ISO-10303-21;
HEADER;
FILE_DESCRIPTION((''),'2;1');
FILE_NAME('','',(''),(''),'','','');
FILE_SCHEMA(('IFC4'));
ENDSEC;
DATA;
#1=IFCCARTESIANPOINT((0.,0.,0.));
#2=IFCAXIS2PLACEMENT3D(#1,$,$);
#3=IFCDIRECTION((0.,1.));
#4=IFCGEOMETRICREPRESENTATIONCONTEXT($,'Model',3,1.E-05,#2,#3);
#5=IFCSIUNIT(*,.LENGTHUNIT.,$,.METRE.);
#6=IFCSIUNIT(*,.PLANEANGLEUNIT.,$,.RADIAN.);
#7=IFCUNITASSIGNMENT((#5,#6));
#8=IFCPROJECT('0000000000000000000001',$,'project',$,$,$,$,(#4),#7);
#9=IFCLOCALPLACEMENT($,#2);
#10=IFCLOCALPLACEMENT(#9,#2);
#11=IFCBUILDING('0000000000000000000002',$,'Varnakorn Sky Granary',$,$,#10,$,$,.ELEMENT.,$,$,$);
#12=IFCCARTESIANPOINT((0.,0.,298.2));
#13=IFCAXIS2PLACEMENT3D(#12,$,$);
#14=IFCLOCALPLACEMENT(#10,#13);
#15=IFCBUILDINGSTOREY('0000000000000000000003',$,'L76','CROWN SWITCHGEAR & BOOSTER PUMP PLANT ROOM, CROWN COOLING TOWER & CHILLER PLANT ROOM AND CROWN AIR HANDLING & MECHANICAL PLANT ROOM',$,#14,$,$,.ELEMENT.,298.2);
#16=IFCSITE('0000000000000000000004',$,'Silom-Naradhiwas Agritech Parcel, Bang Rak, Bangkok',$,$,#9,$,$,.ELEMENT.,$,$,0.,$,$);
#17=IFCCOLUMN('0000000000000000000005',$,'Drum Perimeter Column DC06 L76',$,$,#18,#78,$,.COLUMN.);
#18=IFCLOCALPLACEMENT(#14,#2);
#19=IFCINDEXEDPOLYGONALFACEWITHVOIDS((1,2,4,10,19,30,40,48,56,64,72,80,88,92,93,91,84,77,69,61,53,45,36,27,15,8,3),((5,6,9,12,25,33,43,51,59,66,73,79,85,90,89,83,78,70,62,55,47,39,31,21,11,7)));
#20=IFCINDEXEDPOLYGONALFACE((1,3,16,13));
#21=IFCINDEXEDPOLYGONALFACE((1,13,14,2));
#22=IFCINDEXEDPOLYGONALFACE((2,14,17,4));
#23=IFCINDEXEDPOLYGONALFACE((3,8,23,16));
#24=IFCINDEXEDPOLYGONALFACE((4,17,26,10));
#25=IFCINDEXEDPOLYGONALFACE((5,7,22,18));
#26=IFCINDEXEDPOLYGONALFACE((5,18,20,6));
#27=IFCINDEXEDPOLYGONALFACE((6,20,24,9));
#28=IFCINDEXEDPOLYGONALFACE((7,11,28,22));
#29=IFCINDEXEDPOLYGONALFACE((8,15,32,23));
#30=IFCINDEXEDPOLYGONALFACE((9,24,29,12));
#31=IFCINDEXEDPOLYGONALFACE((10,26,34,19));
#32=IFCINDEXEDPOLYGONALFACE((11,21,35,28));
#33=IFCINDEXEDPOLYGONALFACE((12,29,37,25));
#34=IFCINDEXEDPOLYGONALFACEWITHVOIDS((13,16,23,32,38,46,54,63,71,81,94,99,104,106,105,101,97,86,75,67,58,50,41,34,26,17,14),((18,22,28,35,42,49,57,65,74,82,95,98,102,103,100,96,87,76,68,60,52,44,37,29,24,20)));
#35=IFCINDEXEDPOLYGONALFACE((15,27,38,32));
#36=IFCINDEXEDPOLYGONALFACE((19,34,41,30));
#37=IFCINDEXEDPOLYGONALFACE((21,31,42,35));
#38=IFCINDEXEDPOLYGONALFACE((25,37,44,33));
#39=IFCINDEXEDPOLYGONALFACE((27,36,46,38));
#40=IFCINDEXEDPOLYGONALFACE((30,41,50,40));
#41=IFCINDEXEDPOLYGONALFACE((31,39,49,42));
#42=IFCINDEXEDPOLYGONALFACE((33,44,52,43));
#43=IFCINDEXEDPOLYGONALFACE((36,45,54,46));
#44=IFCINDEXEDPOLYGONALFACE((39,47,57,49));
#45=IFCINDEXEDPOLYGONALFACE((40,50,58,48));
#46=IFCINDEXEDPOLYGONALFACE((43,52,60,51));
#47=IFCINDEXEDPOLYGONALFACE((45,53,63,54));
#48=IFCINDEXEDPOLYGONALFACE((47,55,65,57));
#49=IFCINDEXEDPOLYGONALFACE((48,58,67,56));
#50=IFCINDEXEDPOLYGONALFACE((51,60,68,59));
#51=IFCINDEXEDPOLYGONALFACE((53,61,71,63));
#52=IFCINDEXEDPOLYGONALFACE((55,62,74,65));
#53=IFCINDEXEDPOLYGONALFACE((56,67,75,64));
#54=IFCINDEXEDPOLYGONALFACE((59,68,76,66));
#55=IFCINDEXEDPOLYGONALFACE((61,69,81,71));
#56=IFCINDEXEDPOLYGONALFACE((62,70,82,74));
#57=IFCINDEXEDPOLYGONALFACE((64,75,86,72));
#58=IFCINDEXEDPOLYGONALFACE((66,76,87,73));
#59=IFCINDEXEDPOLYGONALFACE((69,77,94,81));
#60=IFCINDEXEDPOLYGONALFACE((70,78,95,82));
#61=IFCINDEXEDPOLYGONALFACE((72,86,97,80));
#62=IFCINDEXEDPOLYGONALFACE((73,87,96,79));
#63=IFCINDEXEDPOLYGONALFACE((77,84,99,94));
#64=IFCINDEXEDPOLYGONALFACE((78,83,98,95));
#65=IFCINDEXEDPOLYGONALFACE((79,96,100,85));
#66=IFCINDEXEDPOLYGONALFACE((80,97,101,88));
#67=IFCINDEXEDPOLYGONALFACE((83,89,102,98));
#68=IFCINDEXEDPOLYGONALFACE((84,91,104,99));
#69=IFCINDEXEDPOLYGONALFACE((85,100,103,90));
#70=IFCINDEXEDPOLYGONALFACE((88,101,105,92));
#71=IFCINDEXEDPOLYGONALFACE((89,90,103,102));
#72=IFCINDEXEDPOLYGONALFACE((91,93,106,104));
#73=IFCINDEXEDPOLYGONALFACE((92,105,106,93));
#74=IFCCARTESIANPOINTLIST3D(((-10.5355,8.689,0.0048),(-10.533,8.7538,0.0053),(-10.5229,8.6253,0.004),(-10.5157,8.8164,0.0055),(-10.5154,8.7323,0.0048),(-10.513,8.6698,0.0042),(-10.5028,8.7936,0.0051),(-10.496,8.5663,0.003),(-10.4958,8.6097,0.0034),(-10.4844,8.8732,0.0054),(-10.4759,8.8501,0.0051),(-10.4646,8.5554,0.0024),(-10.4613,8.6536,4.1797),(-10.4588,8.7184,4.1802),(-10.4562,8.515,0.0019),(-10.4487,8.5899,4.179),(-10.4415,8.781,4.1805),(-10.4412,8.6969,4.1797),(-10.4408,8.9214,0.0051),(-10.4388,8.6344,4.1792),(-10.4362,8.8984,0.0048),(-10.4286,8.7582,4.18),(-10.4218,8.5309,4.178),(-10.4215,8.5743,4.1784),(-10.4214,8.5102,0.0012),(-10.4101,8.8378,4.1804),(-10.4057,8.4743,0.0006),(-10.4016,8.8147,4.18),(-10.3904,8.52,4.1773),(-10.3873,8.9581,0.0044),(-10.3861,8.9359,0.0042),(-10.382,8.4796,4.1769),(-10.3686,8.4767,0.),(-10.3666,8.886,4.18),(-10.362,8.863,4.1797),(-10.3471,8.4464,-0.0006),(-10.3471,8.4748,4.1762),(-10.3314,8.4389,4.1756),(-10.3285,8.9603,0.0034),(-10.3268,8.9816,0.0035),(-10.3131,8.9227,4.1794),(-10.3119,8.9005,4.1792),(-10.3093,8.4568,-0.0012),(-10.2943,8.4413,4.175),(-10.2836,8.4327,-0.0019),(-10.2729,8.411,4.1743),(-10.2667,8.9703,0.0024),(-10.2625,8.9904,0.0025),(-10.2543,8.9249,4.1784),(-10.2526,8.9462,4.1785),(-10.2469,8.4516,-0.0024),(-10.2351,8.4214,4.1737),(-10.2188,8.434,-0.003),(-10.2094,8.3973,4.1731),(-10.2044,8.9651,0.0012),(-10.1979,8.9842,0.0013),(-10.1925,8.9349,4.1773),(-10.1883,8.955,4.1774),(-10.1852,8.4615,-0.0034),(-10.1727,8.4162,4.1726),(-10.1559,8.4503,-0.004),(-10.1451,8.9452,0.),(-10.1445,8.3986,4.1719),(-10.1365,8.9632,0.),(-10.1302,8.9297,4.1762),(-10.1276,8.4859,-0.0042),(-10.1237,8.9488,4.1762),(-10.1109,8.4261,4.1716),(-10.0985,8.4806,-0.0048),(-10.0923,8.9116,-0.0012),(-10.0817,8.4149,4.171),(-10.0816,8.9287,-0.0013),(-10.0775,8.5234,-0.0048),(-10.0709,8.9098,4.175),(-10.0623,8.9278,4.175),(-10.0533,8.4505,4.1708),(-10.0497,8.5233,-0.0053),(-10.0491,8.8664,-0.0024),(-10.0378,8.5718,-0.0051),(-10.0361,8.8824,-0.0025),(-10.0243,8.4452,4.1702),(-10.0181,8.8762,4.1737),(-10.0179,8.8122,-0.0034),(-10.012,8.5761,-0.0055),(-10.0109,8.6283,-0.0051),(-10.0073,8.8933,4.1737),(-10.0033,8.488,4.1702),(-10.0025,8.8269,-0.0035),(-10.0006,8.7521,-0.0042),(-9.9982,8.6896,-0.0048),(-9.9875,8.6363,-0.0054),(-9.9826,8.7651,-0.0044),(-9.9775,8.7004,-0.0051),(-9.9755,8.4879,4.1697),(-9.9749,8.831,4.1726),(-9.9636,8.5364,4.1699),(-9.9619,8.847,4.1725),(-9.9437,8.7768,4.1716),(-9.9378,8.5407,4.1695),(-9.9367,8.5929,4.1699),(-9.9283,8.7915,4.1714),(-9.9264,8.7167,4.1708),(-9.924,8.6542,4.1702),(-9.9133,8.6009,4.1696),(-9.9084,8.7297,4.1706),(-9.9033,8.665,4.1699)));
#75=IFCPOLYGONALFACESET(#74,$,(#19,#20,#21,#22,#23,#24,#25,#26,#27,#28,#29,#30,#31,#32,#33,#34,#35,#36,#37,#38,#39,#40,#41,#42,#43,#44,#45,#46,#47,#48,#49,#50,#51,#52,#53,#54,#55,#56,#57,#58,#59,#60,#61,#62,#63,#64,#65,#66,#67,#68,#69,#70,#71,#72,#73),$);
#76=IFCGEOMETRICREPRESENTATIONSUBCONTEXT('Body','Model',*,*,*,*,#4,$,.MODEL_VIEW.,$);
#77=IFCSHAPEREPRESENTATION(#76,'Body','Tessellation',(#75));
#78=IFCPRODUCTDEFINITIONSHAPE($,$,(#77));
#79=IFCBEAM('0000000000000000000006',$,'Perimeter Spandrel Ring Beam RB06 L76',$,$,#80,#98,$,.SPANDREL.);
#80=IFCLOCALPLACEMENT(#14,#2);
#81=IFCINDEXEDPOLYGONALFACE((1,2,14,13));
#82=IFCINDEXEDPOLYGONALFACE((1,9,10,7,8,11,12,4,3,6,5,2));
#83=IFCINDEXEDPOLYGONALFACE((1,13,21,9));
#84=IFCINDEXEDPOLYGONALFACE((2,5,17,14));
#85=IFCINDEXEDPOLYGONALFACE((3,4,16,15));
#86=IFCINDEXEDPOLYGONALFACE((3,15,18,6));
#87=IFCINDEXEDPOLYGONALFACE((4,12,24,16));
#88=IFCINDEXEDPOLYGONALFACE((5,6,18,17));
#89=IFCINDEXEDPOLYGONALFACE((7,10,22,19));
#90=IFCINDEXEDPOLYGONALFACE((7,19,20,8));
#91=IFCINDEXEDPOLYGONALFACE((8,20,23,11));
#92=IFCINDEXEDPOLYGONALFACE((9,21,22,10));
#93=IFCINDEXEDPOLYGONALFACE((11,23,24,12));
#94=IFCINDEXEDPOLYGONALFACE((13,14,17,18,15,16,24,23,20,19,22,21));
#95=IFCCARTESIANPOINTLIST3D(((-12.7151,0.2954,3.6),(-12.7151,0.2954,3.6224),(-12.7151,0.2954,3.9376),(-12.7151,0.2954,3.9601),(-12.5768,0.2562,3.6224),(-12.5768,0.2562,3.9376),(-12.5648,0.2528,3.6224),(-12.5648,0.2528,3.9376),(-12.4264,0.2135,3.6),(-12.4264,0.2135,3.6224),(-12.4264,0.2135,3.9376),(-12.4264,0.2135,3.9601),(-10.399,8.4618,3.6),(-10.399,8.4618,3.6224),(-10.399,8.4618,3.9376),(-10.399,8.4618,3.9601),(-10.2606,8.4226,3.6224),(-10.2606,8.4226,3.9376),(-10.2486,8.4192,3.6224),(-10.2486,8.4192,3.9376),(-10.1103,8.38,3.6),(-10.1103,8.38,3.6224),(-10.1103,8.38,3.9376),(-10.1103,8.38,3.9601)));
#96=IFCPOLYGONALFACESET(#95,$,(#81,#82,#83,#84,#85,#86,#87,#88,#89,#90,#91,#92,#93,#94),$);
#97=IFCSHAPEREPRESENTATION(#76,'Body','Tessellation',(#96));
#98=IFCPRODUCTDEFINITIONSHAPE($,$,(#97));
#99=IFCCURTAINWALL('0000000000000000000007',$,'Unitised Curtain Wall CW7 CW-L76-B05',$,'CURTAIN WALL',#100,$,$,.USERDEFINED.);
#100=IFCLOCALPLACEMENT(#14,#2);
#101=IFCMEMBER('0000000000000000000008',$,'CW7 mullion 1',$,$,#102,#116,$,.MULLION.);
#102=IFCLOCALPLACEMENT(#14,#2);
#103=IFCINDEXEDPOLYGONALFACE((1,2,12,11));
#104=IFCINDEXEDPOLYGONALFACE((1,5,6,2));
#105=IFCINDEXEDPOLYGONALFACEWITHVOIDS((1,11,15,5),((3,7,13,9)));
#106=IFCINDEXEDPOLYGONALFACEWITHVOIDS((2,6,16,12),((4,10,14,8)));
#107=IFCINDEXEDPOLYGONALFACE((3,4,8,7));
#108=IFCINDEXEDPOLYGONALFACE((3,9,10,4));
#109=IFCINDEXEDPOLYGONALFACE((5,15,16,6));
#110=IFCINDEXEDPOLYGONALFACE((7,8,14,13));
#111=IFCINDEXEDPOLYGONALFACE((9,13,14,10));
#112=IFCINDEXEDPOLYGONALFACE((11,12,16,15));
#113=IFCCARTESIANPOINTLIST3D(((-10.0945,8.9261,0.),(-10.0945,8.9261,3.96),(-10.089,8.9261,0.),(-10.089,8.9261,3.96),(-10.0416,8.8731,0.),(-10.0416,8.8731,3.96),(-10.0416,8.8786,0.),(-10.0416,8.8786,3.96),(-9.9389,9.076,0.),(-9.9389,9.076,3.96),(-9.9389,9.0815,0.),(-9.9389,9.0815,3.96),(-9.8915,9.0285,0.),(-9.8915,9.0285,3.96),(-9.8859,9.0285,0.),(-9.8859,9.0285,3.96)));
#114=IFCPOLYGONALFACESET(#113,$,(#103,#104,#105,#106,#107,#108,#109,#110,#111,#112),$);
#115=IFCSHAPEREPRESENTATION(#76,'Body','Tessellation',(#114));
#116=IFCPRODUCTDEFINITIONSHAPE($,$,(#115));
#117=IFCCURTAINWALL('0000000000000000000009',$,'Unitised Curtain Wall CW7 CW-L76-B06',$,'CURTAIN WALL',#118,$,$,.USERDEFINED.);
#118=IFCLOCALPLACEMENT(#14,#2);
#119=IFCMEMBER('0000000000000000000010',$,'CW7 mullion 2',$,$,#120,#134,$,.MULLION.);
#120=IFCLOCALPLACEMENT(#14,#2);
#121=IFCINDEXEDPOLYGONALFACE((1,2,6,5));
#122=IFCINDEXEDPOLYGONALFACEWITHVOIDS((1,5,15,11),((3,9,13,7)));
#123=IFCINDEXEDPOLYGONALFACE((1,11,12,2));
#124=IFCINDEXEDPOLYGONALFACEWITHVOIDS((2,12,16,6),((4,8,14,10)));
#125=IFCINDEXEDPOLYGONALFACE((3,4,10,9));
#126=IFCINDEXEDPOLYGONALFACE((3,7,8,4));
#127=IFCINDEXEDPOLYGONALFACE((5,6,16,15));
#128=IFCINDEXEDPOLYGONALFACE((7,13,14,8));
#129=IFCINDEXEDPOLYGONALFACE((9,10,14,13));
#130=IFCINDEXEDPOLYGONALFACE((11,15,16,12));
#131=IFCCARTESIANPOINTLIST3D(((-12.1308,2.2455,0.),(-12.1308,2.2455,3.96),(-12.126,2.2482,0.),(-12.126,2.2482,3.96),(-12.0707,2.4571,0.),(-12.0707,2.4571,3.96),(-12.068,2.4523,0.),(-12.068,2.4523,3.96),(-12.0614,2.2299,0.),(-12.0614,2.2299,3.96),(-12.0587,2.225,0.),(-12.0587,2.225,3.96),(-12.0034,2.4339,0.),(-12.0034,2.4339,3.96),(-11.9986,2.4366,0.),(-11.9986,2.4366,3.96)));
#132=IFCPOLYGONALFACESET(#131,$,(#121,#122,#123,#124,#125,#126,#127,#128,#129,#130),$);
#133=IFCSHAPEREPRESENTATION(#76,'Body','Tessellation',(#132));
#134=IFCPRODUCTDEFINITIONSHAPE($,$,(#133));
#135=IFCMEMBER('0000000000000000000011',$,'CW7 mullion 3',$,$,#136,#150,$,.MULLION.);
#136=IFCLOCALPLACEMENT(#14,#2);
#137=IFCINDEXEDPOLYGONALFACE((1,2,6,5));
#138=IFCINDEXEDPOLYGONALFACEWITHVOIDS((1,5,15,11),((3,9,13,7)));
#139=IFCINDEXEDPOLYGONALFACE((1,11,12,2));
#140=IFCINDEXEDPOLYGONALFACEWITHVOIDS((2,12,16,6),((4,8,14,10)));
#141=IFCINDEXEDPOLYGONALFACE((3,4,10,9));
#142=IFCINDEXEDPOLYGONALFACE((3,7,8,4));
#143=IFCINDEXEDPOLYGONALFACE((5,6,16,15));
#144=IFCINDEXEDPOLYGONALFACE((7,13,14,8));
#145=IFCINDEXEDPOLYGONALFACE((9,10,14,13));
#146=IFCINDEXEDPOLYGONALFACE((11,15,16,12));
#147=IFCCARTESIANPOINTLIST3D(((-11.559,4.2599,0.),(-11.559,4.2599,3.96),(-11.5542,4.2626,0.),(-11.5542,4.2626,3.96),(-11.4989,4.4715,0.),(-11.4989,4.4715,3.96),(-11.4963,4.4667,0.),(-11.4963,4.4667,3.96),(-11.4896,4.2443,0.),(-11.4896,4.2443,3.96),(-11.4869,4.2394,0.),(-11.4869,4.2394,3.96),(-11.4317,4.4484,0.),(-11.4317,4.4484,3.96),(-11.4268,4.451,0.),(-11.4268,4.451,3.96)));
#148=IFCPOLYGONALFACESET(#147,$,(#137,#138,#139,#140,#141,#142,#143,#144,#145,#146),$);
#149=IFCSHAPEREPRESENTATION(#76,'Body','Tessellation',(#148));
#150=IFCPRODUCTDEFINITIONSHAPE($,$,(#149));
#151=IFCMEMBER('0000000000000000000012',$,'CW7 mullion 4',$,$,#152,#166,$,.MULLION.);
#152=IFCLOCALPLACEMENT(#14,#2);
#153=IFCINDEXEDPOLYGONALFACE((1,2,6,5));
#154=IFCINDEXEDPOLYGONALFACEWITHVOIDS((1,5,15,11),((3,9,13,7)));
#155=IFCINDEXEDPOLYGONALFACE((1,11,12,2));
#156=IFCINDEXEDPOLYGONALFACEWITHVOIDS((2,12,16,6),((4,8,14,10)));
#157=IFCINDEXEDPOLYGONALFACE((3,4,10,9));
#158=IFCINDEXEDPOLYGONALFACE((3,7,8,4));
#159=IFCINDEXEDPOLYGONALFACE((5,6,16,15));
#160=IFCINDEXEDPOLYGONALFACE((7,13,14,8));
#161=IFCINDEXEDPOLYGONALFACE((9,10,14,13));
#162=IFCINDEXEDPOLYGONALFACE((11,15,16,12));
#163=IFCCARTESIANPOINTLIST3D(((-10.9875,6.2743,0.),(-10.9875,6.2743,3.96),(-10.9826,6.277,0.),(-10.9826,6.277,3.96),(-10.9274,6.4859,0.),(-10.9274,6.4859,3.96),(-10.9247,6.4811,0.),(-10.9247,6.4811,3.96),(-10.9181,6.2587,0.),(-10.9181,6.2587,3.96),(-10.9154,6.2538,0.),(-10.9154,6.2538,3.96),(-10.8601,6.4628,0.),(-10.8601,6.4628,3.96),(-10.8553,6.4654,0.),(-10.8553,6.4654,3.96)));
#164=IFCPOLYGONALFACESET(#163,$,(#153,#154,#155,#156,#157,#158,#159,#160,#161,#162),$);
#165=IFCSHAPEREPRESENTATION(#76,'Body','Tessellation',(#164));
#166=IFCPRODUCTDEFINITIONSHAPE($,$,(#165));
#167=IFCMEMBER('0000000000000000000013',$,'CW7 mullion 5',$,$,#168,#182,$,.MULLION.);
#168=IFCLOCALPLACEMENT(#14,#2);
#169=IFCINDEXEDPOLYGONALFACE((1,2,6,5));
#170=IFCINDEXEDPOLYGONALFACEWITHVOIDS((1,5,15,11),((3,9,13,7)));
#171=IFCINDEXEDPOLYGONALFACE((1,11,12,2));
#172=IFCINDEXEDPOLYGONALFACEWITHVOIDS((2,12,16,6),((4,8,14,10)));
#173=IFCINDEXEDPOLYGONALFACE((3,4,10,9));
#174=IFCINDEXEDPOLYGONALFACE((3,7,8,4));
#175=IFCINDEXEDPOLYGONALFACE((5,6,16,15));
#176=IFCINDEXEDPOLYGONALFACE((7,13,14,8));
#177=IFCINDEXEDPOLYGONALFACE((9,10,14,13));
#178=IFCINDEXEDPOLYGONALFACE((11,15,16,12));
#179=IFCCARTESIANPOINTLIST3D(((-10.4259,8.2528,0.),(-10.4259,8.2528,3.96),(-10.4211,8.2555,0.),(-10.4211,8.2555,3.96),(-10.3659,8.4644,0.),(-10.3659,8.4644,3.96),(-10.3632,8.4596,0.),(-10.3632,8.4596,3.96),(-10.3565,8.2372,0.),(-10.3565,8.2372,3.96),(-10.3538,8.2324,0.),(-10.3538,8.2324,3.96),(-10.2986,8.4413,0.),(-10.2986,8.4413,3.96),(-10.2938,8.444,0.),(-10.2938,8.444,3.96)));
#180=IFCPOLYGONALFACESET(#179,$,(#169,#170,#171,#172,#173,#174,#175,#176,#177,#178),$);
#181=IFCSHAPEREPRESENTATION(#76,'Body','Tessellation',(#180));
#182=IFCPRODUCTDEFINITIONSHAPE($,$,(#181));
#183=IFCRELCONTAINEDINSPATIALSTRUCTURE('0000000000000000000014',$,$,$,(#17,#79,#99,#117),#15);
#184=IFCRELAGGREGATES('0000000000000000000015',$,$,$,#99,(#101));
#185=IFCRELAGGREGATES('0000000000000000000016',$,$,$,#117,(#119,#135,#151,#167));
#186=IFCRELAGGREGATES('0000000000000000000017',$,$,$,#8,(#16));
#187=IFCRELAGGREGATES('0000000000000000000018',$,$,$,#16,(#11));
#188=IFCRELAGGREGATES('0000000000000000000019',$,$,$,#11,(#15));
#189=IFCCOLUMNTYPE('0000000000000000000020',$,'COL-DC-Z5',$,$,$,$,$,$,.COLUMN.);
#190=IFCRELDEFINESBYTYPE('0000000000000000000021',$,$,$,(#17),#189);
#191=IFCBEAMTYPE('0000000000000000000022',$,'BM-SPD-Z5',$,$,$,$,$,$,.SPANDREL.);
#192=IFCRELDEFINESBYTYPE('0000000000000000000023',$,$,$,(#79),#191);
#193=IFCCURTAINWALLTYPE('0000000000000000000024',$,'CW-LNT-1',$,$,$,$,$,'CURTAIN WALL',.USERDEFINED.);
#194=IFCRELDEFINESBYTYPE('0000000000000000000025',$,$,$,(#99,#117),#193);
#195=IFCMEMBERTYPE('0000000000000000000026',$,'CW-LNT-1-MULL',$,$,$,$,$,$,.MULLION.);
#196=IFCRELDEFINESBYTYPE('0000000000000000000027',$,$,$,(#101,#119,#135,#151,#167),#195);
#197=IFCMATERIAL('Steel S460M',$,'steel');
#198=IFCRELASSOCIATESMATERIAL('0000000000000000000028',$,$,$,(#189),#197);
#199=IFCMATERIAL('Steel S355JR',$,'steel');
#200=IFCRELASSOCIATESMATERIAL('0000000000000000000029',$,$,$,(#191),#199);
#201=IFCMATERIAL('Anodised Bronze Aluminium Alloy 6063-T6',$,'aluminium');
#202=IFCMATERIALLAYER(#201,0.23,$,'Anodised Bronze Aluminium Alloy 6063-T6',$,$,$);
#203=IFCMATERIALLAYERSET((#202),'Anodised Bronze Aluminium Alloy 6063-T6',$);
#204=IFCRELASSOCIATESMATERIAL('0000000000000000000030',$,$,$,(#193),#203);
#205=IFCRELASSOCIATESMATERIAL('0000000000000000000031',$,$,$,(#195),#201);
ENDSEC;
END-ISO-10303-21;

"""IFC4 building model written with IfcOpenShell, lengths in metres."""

from ifc_helpers import new_model, si_unit, direction, frame, origin, origin_2d, place, context, subcontext, project, spatial, hollow_rectangle, hollow_circle, i_section, extrude, material, layer, layer_set, material_profile, profile_set, type_object, element, aggregate, save


model = new_model("IFC4")

# Units and contexts
model_context = context("Model", 3, precision=1e-05, world=origin(), true_north=direction((0.0, 1.0)))
body_context = subcontext(model_context, "Body", "Model", "MODEL_VIEW")
ifc_project = project(units=[si_unit("LENGTHUNIT", "METRE"), si_unit("PLANEANGLEUNIT", "RADIAN")], contexts=[model_context])

# Site, building, storey
site_placement = place(None, origin())
site = spatial("IfcSite", under=ifc_project, at=site_placement, Name="Silom-Naradhiwas Agritech Parcel, Bang Rak, Bangkok", CompositionType="ELEMENT", RefElevation=0.0)
building_placement = place(site_placement, origin())
building = spatial("IfcBuilding", under=site, at=building_placement, Name="Varnakorn Sky Granary", CompositionType="ELEMENT")
storey_placement = place(building_placement, frame((0.0, 0.0, 298.2)))
storey = spatial("IfcBuildingStorey", under=building, at=storey_placement, Name="L76", Description="CROWN SWITCHGEAR & BOOSTER PUMP PLANT ROOM, CROWN COOLING TOWER & CHILLER PLANT ROOM AND CROWN AIR HANDLING & MECHANICAL PLANT ROOM", CompositionType="ELEMENT", Elevation=298.2)

# Column
ifc_material_1 = material(Name="Steel S460M", Category="steel")
ifc_material_profile_1 = material_profile(ifc_material_1, hollow_circle(Radius=0.2795, WallThickness=0.02, at=origin_2d()), Name="CHS 559x20")
ifc_profile_set_1 = profile_set([ifc_material_profile_1], Name="Steel S460M")
column_type = type_object("IfcColumnType", Name="COL-DC-Z5", PredefinedType="COLUMN", material=ifc_profile_set_1)
column_placement = place(storey_placement, frame((-10.2568, 8.7109, 0.0), z_axis=(0.017773, -0.008477, 0.999806), x_axis=(0.43051, 0.902586, 0.0)))
element("IfcColumn", 1, at=column_placement, inside=storey, type_object=column_type, Name="Drum Perimeter Column DC06 L76", PredefinedType="COLUMN", context=body_context, shape_type="SweptSolid", body=[
    extrude(hollow_circle(Radius=0.2795, WallThickness=0.02, at=origin_2d()), origin(), (0.0, 0.0, 1.0), 4.1758),
])

# Beam
ifc_material_2 = material(Name="Steel S355JR", Category="steel")
ifc_material_profile_2 = material_profile(ifc_material_2, i_section(OverallWidth=0.3, OverallDepth=0.3601, WebThickness=0.0125, FlangeThickness=0.0225, at=origin_2d()), Name="HE 360 B")
ifc_profile_set_2 = profile_set([ifc_material_profile_2], Name="Steel S355JR")
beam_type = type_object("IfcBeamType", Name="BM-SPD-Z5", PredefinedType="SPANDREL", material=ifc_profile_set_2)
beam_placement = place(storey_placement, frame((-10.2546, 8.4209, 3.78), z_axis=(-0.272855, -0.962055, 0.0), x_axis=(0.962055, -0.272855, 0.0)))
element("IfcBeam", 2, at=beam_placement, inside=storey, type_object=beam_type, Name="Perimeter Spandrel Ring Beam RB06 L76", PredefinedType="SPANDREL", context=body_context, shape_type="SweptSolid", body=[
    extrude(i_section(OverallWidth=0.3, OverallDepth=0.3601, WebThickness=0.0125, FlangeThickness=0.0225, at=origin_2d()), origin(), (0.0, 0.0, 1.0), 8.4885),
])

# Curtain wall, member
ifc_material_3 = material(Name="Anodised Bronze Aluminium Alloy 6063-T6", Category="aluminium")
ifc_layer_1 = layer(ifc_material_3, 0.23, Name="Anodised Bronze Aluminium Alloy 6063-T6")
ifc_layer_set_1 = layer_set([ifc_layer_1], Name="Anodised Bronze Aluminium Alloy 6063-T6")
curtain_wall_type = type_object("IfcCurtainWallType", Name="CW-LNT-1", ElementType="CURTAIN WALL", PredefinedType="USERDEFINED", material=ifc_layer_set_1)
curtain_wall_1_placement = place(storey_placement, origin())
curtain_wall_1 = element("IfcCurtainWall", 3, at=curtain_wall_1_placement, inside=storey, type_object=curtain_wall_type, Name="Unitised Curtain Wall CW7 CW-L76-B05", ObjectType="CURTAIN WALL", PredefinedType="USERDEFINED")
ifc_material_profile_3 = material_profile(ifc_material_3, hollow_rectangle(XDim=0.075, YDim=0.22, WallThickness=0.0039, at=origin_2d()), Name="ALU MULL 75x220")
ifc_profile_set_3 = profile_set([ifc_material_profile_3], Name="Anodised Bronze Aluminium Alloy 6063-T6")
member_type_1 = type_object("IfcMemberType", Name="CW-LNT-1-MULL", PredefinedType="MULLION", material=ifc_profile_set_3)
member_1_placement = place(storey_placement, frame((-9.9902, 8.9773, 0.0), z_axis=(0.0, 0.0, 1.0), x_axis=(-0.706663, 0.70755, 0.0)))
member_1 = element("IfcMember", 4, at=member_1_placement, type_object=member_type_1, Name="CW7 mullion 1", PredefinedType="MULLION", context=body_context, shape_type="SweptSolid", body=[
    extrude(hollow_rectangle(XDim=0.075, YDim=0.22, WallThickness=0.0039, at=origin_2d()), origin(), (0.0, 0.0, 1.0), 3.96),
])

# Curtain wall, members
curtain_wall_2_placement = place(storey_placement, origin())
curtain_wall_2 = element("IfcCurtainWall", 5, at=curtain_wall_2_placement, inside=storey, type_object=curtain_wall_type, Name="Unitised Curtain Wall CW7 CW-L76-B06", ObjectType="CURTAIN WALL", PredefinedType="USERDEFINED")
member_2_placement = place(storey_placement, frame((-12.0647, 2.3411, 0.0), z_axis=(0.0, 0.0, 1.0), x_axis=(-0.962012, 0.273007, 0.0)))
member_2 = element("IfcMember", 6, at=member_2_placement, type_object=member_type_1, Name="CW7 mullion 2", PredefinedType="MULLION", context=body_context, shape_type="SweptSolid", body=[
    extrude(hollow_rectangle(XDim=0.075, YDim=0.22, WallThickness=0.0039, at=origin_2d()), origin(), (0.0, 0.0, 1.0), 3.96),
])
member_3_placement = place(storey_placement, frame((-11.4929, 4.3555, 0.0), z_axis=(0.0, 0.0, 1.0), x_axis=(-0.962012, 0.273007, 0.0)))
member_3 = element("IfcMember", 7, at=member_3_placement, type_object=member_type_1, Name="CW7 mullion 3", PredefinedType="MULLION", context=body_context, shape_type="SweptSolid", body=[
    extrude(hollow_rectangle(XDim=0.075, YDim=0.22, WallThickness=0.0039, at=origin_2d()), origin(), (0.0, 0.0, 1.0), 3.96),
])
member_4_placement = place(storey_placement, frame((-10.9214, 6.3699, 0.0), z_axis=(0.0, 0.0, 1.0), x_axis=(-0.962012, 0.273007, 0.0)))
member_4 = element("IfcMember", 8, at=member_4_placement, type_object=member_type_1, Name="CW7 mullion 4", PredefinedType="MULLION", context=body_context, shape_type="SweptSolid", body=[
    extrude(hollow_rectangle(XDim=0.075, YDim=0.22, WallThickness=0.0039, at=origin_2d()), origin(), (0.0, 0.0, 1.0), 3.96),
])
member_5_placement = place(storey_placement, frame((-10.3599, 8.3484, 0.0), z_axis=(0.0, 0.0, 1.0), x_axis=(-0.962012, 0.273007, 0.0)))
member_5 = element("IfcMember", 9, at=member_5_placement, type_object=member_type_1, Name="CW7 mullion 5", PredefinedType="MULLION", context=body_context, shape_type="SweptSolid", body=[
    extrude(hollow_rectangle(XDim=0.075, YDim=0.22, WallThickness=0.0039, at=origin_2d()), origin(), (0.0, 0.0, 1.0), 3.96),
])

aggregate(curtain_wall_1, [member_1])

aggregate(curtain_wall_2, [member_2, member_3, member_4, member_5])

save(model, "model.ifc")
